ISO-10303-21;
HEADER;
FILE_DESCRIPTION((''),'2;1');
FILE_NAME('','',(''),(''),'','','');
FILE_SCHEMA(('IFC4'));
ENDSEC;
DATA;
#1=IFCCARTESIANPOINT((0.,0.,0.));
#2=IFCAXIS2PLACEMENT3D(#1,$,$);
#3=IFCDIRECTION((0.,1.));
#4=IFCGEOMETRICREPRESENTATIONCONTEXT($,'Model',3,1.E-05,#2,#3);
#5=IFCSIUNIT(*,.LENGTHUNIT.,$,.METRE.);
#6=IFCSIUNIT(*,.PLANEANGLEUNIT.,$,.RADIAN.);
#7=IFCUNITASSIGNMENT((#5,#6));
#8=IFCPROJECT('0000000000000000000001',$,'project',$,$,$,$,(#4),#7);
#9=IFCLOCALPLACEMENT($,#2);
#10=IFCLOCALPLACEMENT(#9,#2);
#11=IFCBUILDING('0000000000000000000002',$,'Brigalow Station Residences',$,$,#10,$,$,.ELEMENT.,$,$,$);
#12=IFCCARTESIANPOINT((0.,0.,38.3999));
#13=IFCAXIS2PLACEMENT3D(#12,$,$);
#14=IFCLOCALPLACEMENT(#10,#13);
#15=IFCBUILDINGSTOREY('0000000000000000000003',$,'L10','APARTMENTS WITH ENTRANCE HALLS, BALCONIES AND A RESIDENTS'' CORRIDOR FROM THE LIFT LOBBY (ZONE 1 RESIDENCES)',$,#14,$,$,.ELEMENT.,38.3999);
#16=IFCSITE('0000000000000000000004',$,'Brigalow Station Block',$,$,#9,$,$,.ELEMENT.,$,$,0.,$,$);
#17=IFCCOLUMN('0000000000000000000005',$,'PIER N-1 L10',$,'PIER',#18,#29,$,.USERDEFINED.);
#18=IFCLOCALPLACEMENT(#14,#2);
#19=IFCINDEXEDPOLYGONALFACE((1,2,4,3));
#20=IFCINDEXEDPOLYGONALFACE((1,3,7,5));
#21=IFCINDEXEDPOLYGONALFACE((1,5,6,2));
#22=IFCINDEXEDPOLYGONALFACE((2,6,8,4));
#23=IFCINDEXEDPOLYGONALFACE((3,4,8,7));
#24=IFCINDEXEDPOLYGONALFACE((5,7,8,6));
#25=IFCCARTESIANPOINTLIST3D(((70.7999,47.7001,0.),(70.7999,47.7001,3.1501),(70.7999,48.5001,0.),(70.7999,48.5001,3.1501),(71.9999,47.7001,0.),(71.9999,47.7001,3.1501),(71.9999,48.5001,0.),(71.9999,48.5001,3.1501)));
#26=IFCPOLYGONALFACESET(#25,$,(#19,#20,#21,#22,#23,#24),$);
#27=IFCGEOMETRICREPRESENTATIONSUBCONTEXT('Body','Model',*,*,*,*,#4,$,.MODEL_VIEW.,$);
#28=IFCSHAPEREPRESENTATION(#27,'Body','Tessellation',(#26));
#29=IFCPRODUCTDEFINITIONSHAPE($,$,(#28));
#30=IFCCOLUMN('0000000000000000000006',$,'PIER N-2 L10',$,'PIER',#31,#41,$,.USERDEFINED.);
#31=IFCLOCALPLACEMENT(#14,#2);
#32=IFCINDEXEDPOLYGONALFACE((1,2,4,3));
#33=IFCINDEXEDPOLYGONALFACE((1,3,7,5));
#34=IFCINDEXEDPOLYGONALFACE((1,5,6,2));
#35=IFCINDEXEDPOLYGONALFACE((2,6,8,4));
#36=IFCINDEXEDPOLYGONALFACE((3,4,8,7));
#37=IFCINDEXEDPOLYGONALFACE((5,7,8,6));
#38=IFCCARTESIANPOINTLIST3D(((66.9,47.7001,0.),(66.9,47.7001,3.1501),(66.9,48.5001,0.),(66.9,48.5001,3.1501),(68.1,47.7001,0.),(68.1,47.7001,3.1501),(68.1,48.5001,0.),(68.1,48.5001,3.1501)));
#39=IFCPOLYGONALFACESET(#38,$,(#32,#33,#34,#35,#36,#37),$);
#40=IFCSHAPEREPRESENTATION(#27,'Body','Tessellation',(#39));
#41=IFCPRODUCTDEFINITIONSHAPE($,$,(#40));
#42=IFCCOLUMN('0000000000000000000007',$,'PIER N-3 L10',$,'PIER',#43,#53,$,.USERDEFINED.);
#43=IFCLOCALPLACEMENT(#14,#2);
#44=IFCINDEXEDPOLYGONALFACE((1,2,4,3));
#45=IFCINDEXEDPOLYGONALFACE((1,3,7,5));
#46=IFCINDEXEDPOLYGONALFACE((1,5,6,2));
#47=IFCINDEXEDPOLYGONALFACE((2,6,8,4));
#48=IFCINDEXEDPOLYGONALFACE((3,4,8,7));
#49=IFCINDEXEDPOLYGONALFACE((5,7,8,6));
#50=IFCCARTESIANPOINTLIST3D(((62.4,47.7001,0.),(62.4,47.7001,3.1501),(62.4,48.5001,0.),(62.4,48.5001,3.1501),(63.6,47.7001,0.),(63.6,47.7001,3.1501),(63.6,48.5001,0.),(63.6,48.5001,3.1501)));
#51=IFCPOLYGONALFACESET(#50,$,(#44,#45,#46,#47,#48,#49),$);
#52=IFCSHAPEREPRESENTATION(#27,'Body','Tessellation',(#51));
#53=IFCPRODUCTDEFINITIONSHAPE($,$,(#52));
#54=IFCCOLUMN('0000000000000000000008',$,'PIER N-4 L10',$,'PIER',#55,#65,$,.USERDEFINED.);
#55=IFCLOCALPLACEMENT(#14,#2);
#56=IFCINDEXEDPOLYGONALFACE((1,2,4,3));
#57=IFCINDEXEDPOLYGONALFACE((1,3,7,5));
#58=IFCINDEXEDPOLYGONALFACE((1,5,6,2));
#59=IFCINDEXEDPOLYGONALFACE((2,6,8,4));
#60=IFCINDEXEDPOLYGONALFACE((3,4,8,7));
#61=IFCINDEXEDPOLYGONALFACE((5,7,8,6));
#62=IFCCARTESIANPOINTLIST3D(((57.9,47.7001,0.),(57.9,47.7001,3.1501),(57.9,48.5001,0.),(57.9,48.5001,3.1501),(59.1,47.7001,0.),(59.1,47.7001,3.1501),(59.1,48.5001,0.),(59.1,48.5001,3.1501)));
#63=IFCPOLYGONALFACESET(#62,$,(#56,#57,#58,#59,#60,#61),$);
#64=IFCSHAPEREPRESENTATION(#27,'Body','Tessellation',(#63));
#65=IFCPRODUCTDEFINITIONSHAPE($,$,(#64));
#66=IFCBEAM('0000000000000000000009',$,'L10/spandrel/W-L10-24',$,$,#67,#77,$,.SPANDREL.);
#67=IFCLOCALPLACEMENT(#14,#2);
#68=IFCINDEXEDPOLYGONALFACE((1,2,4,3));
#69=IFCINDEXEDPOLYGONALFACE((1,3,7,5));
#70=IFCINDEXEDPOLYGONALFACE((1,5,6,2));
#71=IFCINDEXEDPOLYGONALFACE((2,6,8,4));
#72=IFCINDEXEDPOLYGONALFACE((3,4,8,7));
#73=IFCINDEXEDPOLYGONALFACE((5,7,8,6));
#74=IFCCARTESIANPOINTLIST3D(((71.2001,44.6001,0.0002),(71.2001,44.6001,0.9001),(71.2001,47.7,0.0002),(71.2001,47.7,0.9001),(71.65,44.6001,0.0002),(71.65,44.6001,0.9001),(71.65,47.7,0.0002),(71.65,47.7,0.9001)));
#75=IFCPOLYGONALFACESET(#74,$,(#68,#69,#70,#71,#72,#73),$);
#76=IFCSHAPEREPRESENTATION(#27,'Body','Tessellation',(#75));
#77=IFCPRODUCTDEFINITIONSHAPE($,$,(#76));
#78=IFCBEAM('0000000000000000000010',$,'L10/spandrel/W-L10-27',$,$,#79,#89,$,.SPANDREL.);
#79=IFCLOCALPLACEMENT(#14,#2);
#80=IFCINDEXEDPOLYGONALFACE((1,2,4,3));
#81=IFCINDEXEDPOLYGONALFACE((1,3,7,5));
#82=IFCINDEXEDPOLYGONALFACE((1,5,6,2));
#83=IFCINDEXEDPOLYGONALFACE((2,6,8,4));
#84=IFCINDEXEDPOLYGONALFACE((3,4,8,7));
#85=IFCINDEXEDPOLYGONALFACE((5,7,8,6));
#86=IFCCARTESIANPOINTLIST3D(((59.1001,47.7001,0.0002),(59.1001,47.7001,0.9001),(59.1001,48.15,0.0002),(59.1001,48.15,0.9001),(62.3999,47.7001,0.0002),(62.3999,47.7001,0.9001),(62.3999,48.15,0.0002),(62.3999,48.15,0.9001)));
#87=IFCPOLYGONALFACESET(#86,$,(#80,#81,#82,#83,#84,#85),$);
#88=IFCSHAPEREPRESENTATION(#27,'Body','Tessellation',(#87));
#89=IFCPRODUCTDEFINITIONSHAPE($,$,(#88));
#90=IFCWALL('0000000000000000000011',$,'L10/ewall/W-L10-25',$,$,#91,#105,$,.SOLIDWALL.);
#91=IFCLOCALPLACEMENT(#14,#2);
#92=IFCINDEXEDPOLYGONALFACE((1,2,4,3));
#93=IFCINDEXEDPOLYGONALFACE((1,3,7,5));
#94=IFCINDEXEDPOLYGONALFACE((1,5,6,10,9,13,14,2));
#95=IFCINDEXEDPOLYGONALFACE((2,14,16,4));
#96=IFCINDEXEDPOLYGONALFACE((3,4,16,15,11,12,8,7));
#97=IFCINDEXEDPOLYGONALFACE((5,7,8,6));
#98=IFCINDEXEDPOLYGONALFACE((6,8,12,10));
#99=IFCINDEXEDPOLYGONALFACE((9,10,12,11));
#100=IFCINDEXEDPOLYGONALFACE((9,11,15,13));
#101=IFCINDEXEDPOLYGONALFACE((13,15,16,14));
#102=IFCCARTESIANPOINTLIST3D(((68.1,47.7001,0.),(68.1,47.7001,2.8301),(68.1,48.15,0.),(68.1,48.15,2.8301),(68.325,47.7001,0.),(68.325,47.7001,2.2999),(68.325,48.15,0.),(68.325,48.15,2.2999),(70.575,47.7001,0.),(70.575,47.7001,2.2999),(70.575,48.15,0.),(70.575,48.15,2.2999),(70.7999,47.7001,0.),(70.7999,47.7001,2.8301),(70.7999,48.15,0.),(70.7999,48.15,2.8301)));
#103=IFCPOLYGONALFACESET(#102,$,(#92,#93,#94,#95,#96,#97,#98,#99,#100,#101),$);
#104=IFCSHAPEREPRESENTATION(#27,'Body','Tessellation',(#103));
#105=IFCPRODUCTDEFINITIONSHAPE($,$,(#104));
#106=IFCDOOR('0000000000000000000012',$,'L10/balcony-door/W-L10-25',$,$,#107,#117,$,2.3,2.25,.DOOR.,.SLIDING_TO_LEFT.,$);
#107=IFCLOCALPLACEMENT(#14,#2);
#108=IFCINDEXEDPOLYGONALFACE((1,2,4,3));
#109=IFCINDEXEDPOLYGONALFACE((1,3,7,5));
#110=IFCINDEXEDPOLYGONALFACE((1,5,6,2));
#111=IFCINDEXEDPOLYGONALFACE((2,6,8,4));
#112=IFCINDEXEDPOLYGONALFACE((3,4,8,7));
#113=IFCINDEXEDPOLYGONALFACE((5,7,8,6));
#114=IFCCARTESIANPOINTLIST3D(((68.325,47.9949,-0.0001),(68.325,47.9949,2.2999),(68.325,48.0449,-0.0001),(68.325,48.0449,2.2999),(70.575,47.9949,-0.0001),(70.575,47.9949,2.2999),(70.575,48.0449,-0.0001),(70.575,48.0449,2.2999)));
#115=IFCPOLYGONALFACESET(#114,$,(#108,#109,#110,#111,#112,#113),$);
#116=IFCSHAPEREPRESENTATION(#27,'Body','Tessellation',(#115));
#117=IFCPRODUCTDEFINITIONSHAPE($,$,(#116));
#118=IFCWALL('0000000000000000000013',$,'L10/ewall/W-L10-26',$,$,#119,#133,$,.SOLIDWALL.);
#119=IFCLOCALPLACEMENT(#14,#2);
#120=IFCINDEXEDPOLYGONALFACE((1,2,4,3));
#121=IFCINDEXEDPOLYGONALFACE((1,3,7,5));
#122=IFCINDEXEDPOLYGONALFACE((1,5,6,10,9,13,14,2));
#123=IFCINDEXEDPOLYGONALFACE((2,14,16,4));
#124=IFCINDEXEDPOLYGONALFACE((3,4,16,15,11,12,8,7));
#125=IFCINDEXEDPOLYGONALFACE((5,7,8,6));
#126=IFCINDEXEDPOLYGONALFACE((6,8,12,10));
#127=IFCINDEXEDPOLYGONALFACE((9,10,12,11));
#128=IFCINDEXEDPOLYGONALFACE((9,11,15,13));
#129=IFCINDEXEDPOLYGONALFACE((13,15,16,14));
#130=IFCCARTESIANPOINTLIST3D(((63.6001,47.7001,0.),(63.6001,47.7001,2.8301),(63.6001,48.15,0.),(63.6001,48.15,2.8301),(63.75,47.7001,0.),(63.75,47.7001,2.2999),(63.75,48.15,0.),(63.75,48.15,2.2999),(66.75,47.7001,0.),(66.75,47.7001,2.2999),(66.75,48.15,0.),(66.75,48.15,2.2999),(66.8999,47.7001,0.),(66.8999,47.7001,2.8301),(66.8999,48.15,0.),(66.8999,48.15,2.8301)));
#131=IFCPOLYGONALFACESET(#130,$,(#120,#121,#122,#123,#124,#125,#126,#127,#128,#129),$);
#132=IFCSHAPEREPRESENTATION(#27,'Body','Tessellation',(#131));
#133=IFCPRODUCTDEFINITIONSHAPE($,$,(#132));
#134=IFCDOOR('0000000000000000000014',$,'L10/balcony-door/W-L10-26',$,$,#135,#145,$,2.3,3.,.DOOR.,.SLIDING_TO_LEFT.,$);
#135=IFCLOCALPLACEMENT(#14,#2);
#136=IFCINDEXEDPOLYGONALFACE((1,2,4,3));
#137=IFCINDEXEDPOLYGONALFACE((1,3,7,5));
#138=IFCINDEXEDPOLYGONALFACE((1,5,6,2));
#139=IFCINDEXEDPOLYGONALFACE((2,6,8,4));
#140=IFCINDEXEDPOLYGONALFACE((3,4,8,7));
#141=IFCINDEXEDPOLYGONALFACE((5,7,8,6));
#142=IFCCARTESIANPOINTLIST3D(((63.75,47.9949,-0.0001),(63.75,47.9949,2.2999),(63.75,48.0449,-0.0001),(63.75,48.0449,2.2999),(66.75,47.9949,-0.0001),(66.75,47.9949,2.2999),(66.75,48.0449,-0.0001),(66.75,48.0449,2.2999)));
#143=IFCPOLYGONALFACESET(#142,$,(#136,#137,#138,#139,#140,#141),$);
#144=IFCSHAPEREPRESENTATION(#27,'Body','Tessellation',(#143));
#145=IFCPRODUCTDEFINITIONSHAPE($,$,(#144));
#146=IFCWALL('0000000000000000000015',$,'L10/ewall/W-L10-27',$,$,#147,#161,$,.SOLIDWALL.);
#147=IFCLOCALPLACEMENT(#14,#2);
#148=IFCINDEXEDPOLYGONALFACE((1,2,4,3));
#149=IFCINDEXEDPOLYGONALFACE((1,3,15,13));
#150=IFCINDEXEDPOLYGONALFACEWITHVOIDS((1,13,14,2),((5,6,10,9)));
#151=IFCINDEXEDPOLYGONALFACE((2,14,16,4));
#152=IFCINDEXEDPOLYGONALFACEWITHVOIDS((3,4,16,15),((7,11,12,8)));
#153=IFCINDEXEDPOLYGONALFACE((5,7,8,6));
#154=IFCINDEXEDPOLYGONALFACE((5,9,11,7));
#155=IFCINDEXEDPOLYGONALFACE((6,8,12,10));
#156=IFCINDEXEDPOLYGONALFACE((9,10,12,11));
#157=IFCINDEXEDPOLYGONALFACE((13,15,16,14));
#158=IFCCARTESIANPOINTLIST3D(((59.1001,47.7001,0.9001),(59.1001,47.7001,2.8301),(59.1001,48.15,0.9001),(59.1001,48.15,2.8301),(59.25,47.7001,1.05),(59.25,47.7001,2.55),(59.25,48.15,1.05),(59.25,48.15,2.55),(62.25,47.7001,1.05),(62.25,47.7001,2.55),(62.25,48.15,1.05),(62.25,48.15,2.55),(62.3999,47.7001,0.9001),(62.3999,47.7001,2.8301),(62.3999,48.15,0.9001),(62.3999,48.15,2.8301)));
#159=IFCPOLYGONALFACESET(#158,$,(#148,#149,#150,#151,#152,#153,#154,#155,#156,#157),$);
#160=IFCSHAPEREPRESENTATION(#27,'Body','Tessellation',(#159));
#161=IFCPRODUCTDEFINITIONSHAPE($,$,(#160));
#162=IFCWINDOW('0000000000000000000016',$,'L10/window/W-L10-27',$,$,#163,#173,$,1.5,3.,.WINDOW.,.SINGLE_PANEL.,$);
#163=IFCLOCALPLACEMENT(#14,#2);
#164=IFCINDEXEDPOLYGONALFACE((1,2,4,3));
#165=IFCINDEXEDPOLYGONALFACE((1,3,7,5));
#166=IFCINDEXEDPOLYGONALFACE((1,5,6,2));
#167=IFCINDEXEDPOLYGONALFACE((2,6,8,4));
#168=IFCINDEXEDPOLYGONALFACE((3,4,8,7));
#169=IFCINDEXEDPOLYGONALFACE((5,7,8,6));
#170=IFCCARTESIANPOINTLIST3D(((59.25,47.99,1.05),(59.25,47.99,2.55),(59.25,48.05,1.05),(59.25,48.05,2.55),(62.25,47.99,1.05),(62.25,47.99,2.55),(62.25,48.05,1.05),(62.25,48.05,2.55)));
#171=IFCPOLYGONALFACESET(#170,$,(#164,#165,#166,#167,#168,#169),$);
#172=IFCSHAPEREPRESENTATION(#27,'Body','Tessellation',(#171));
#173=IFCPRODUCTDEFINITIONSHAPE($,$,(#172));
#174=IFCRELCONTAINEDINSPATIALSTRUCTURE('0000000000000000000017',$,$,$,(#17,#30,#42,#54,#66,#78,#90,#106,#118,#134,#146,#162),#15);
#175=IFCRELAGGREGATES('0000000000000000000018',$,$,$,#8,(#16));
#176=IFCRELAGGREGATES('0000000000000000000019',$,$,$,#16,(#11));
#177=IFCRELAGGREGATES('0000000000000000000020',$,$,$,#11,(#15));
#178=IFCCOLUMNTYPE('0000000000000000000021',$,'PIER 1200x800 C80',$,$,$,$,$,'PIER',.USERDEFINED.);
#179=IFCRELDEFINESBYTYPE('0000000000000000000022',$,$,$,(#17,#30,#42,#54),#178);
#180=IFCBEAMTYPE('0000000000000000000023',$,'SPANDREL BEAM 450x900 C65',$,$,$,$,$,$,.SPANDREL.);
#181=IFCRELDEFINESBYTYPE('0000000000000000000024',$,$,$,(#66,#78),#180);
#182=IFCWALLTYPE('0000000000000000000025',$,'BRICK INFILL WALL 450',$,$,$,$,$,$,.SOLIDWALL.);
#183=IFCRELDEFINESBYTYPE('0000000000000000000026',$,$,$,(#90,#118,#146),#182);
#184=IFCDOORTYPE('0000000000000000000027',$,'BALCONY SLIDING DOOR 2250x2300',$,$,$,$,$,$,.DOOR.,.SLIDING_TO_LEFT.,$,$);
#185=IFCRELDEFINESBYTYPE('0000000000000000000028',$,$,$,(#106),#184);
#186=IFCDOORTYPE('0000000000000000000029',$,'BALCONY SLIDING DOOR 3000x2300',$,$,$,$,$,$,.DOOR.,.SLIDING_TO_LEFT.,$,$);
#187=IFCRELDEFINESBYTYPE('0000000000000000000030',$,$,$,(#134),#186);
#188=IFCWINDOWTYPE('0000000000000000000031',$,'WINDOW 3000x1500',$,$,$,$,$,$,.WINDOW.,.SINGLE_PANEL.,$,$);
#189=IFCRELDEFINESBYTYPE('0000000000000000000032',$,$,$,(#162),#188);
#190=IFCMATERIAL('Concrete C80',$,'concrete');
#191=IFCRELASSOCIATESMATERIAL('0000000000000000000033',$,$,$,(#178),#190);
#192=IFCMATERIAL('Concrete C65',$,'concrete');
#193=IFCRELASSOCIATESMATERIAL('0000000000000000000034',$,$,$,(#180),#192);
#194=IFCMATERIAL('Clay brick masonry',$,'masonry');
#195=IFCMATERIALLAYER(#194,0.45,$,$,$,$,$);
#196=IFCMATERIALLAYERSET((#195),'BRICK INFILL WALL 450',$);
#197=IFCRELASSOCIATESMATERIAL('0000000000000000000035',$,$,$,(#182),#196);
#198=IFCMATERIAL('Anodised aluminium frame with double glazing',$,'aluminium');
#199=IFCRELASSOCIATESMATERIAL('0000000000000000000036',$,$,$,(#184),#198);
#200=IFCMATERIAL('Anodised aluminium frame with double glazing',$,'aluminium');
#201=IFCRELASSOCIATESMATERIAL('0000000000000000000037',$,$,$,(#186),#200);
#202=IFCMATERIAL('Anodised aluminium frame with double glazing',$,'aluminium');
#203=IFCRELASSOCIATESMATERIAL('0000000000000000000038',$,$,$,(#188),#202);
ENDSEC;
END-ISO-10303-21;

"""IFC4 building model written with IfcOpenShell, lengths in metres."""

from ifc_helpers import new_model, si_unit, direction, frame, frame_2d, origin, origin_2d, place, context, subcontext, project, spatial, rectangle, extrude, material, layer, layer_set, material_profile, profile_set, type_object, element, fill, save


model = new_model("IFC4")

# Units and contexts
model_context = context("Model", 3, precision=1e-05, world=origin(), true_north=direction((0.0, 1.0)))
body_context = subcontext(model_context, "Body", "Model", "MODEL_VIEW")
ifc_project = project(units=[si_unit("LENGTHUNIT", "METRE"), si_unit("PLANEANGLEUNIT", "RADIAN")], contexts=[model_context])

# Site, building, storey
site_placement = place(None, origin())
site = spatial("IfcSite", under=ifc_project, at=site_placement, Name="Brigalow Station Block", CompositionType="ELEMENT", RefElevation=0.0)
building_placement = place(site_placement, origin())
building = spatial("IfcBuilding", under=site, at=building_placement, Name="Brigalow Station Residences", CompositionType="ELEMENT")
storey_placement = place(building_placement, frame((0.0, 0.0, 38.3999)))
storey = spatial("IfcBuildingStorey", under=building, at=storey_placement, Name="L10", Description="APARTMENTS WITH ENTRANCE HALLS, BALCONIES AND A RESIDENTS' CORRIDOR FROM THE LIFT LOBBY (ZONE 1 RESIDENCES)", CompositionType="ELEMENT", Elevation=38.3999)

# Columns
ifc_material_1 = material(Name="Concrete C80", Category="concrete")
ifc_material_profile_1 = material_profile(ifc_material_1, rectangle(XDim=1.2, YDim=0.8, at=origin_2d()), Name="RC1200x800")
ifc_profile_set_1 = profile_set([ifc_material_profile_1], Name="Concrete C80")
column_type = type_object("IfcColumnType", Name="PIER 1200x800 C80", ElementType="PIER", PredefinedType="USERDEFINED", material=ifc_profile_set_1)
for number, where, z_axis, x_axis, name in (
    (1, (71.3999, 48.1001, 0.0), (0.0, 0.0, 1.0), (-1.0, 0.0, 0.0), "PIER N-1 L10"),
    (2, (67.5, 48.1001, 0.0), (0.0, 0.0, 1.0), (-1.0, 0.0, 0.0), "PIER N-2 L10"),
    (3, (63.0, 48.1001, 0.0), (0.0, 0.0, 1.0), (-1.0, 0.0, 0.0), "PIER N-3 L10"),
    (4, (58.5, 48.1001, 0.0), (0.0, 0.0, 1.0), (-1.0, 0.0, 0.0), "PIER N-4 L10"),
):
    element("IfcColumn", number, at=place(storey_placement, frame(where, z_axis=z_axis, x_axis=x_axis)), inside=storey, type_object=column_type, Name=name, ObjectType="PIER", PredefinedType="USERDEFINED", context=body_context, shape_type="SweptSolid", body=[
        extrude(rectangle(XDim=1.2, YDim=0.8, at=origin_2d()), origin(), (0.0, 0.0, 1.0), 3.1501),
    ])

# Beams
ifc_material_2 = material(Name="Concrete C65", Category="concrete")
ifc_material_profile_2 = material_profile(ifc_material_2, rectangle(XDim=0.45, YDim=0.8999, at=origin_2d()), Name="RC450x900")
ifc_profile_set_2 = profile_set([ifc_material_profile_2], Name="Concrete C65")
beam_type = type_object("IfcBeamType", Name="SPANDREL BEAM 450x900 C65", PredefinedType="SPANDREL", material=ifc_profile_set_2)
beam_1_placement = place(storey_placement, frame((71.425, 44.6001, 0.4502), z_axis=(0.0, 1.0, 0.0), x_axis=(-1.0, 0.0, 0.0)))
element("IfcBeam", 5, at=beam_1_placement, inside=storey, type_object=beam_type, Name="L10/spandrel/W-L10-24", PredefinedType="SPANDREL", context=body_context, shape_type="SweptSolid", body=[
    extrude(rectangle(XDim=0.45, YDim=0.8999, at=origin_2d()), origin(), (0.0, 0.0, 1.0), 3.0999),
])
beam_2_placement = place(storey_placement, frame((62.3999, 47.925, 0.4502), z_axis=(-1.0, 0.0, 0.0), x_axis=(0.0, -1.0, 0.0)))
element("IfcBeam", 6, at=beam_2_placement, inside=storey, type_object=beam_type, Name="L10/spandrel/W-L10-27", PredefinedType="SPANDREL", context=body_context, shape_type="SweptSolid", body=[
    extrude(rectangle(XDim=0.45, YDim=0.8999, at=origin_2d()), origin(), (0.0, 0.0, 1.0), 3.2998),
])

# Walls, openings, doors
ifc_material_3 = material(Name="Clay brick masonry", Category="masonry")
ifc_layer_1 = layer(ifc_material_3, 0.45)
ifc_layer_set_1 = layer_set([ifc_layer_1], Name="BRICK INFILL WALL 450")
wall_type_1 = type_object("IfcWallType", Name="BRICK INFILL WALL 450", PredefinedType="SOLIDWALL", material=ifc_layer_set_1)
wall_1_placement = place(storey_placement, frame((70.8, 47.925, 0.0), z_axis=(0.0, 0.0, 1.0), x_axis=(-1.0, 0.0, 0.0)))
wall_1 = element("IfcWall", 7, at=wall_1_placement, inside=storey, type_object=wall_type_1, Name="L10/ewall/W-L10-25", PredefinedType="SOLIDWALL", context=body_context, shape_type="SweptSolid", body=[
    extrude(rectangle(XDim=2.7, YDim=0.45, at=frame_2d((1.3501, 0.0))), origin(), (0.0, 0.0, 1.0), 2.8301),
])
opening_1_placement = place(wall_1_placement, frame((0.2251, 0.0, 0.0)))
opening_1 = element("IfcOpeningElement", 8, at=opening_1_placement, cuts=wall_1, PredefinedType="OPENING", context=body_context, shape_type="SweptSolid", body=[
    extrude(rectangle(XDim=2.25, YDim=2.3, at=frame_2d((1.125, 1.1499))), frame((0.0, 0.2349, 0.0), z_axis=(0.0, -1.0, 0.0), x_axis=(1.0, 0.0, 0.0)), (0.0, 0.0, 1.0), 0.47),
])
ifc_material_4 = material(Name="Anodised aluminium frame with double glazing", Category="aluminium")
door_type_1 = type_object("IfcDoorType", Name="BALCONY SLIDING DOOR 2250x2300", OperationType="SLIDING_TO_LEFT", PredefinedType="DOOR", material=ifc_material_4)
door_1_placement = place(opening_1_placement, origin())
door_1 = element("IfcDoor", 9, at=door_1_placement, inside=storey, type_object=door_type_1, Name="L10/balcony-door/W-L10-25", OperationType="SLIDING_TO_LEFT", OverallHeight=2.3, OverallWidth=2.25, PredefinedType="DOOR", context=body_context, shape_type="SweptSolid", body=[
    extrude(rectangle(XDim=2.25, YDim=2.3, at=frame_2d((1.125, 1.1499))), frame((0.0, -0.0698, 0.0), z_axis=(0.0, -1.0, 0.0), x_axis=(1.0, 0.0, 0.0)), (0.0, 0.0, 1.0), 0.05),
])
fill(opening_1, door_1)
wall_2_placement = place(storey_placement, frame((66.8999, 47.925, 0.0), z_axis=(0.0, 0.0, 1.0), x_axis=(-1.0, 0.0, 0.0)))
wall_2 = element("IfcWall", 10, at=wall_2_placement, inside=storey, type_object=wall_type_1, Name="L10/ewall/W-L10-26", PredefinedType="SOLIDWALL", context=body_context, shape_type="SweptSolid", body=[
    extrude(rectangle(XDim=3.2998, YDim=0.45, at=frame_2d((1.6499, 0.0))), origin(), (0.0, 0.0, 1.0), 2.8301),
])
opening_2_placement = place(wall_2_placement, frame((0.1499, 0.0, 0.0)))
opening_2 = element("IfcOpeningElement", 11, at=opening_2_placement, cuts=wall_2, PredefinedType="OPENING", context=body_context, shape_type="SweptSolid", body=[
    extrude(rectangle(XDim=3.0, YDim=2.3, at=frame_2d((1.5, 1.1499))), frame((0.0, 0.2349, 0.0), z_axis=(0.0, -1.0, 0.0), x_axis=(1.0, 0.0, 0.0)), (0.0, 0.0, 1.0), 0.47),
])
ifc_material_5 = material(Name="Anodised aluminium frame with double glazing", Category="aluminium")
door_type_2 = type_object("IfcDoorType", Name="BALCONY SLIDING DOOR 3000x2300", OperationType="SLIDING_TO_LEFT", PredefinedType="DOOR", material=ifc_material_5)
door_2_placement = place(opening_2_placement, origin())
door_2 = element("IfcDoor", 12, at=door_2_placement, inside=storey, type_object=door_type_2, Name="L10/balcony-door/W-L10-26", OperationType="SLIDING_TO_LEFT", OverallHeight=2.3, OverallWidth=3.0, PredefinedType="DOOR", context=body_context, shape_type="SweptSolid", body=[
    extrude(rectangle(XDim=3.0, YDim=2.3, at=frame_2d((1.5, 1.1499))), frame((0.0, -0.0698, 0.0), z_axis=(0.0, -1.0, 0.0), x_axis=(1.0, 0.0, 0.0)), (0.0, 0.0, 1.0), 0.05),
])
fill(opening_2, door_2)

# Wall, opening, window
wall_3_placement = place(storey_placement, frame((62.3999, 47.925, 0.9001), z_axis=(0.0, 0.0, 1.0), x_axis=(-1.0, 0.0, 0.0)))
wall_3 = element("IfcWall", 13, at=wall_3_placement, inside=storey, type_object=wall_type_1, Name="L10/ewall/W-L10-27", PredefinedType="SOLIDWALL", context=body_context, shape_type="SweptSolid", body=[
    extrude(rectangle(XDim=3.2998, YDim=0.45, at=frame_2d((1.6499, 0.0))), origin(), (0.0, 0.0, 1.0), 1.9299),
])
opening_3_placement = place(wall_3_placement, frame((0.1499, 0.0, 0.1499)))
opening_3 = element("IfcOpeningElement", 14, at=opening_3_placement, cuts=wall_3, PredefinedType="OPENING", context=body_context, shape_type="SweptSolid", body=[
    extrude(rectangle(XDim=3.0, YDim=1.5, at=frame_2d((1.5, 0.75))), frame((0.0, 0.2349, 0.0), z_axis=(0.0, -1.0, 0.0), x_axis=(1.0, 0.0, 0.0)), (0.0, 0.0, 1.0), 0.47),
])
ifc_material_6 = material(Name="Anodised aluminium frame with double glazing", Category="aluminium")
window_type = type_object("IfcWindowType", Name="WINDOW 3000x1500", PartitioningType="SINGLE_PANEL", PredefinedType="WINDOW", material=ifc_material_6)
window_placement = place(opening_3_placement, origin())
window = element("IfcWindow", 15, at=window_placement, inside=storey, type_object=window_type, Name="L10/window/W-L10-27", OverallHeight=1.5, OverallWidth=3.0, PartitioningType="SINGLE_PANEL", PredefinedType="WINDOW", context=body_context, shape_type="SweptSolid", body=[
    extrude(rectangle(XDim=3.0, YDim=1.5, at=frame_2d((1.5, 0.75))), frame((0.0, -0.0649, 0.0), z_axis=(0.0, -1.0, 0.0), x_axis=(1.0, 0.0, 0.0)), (0.0, 0.0, 1.0), 0.0601),
])
fill(opening_3, window)

save(model, "model.ifc")
